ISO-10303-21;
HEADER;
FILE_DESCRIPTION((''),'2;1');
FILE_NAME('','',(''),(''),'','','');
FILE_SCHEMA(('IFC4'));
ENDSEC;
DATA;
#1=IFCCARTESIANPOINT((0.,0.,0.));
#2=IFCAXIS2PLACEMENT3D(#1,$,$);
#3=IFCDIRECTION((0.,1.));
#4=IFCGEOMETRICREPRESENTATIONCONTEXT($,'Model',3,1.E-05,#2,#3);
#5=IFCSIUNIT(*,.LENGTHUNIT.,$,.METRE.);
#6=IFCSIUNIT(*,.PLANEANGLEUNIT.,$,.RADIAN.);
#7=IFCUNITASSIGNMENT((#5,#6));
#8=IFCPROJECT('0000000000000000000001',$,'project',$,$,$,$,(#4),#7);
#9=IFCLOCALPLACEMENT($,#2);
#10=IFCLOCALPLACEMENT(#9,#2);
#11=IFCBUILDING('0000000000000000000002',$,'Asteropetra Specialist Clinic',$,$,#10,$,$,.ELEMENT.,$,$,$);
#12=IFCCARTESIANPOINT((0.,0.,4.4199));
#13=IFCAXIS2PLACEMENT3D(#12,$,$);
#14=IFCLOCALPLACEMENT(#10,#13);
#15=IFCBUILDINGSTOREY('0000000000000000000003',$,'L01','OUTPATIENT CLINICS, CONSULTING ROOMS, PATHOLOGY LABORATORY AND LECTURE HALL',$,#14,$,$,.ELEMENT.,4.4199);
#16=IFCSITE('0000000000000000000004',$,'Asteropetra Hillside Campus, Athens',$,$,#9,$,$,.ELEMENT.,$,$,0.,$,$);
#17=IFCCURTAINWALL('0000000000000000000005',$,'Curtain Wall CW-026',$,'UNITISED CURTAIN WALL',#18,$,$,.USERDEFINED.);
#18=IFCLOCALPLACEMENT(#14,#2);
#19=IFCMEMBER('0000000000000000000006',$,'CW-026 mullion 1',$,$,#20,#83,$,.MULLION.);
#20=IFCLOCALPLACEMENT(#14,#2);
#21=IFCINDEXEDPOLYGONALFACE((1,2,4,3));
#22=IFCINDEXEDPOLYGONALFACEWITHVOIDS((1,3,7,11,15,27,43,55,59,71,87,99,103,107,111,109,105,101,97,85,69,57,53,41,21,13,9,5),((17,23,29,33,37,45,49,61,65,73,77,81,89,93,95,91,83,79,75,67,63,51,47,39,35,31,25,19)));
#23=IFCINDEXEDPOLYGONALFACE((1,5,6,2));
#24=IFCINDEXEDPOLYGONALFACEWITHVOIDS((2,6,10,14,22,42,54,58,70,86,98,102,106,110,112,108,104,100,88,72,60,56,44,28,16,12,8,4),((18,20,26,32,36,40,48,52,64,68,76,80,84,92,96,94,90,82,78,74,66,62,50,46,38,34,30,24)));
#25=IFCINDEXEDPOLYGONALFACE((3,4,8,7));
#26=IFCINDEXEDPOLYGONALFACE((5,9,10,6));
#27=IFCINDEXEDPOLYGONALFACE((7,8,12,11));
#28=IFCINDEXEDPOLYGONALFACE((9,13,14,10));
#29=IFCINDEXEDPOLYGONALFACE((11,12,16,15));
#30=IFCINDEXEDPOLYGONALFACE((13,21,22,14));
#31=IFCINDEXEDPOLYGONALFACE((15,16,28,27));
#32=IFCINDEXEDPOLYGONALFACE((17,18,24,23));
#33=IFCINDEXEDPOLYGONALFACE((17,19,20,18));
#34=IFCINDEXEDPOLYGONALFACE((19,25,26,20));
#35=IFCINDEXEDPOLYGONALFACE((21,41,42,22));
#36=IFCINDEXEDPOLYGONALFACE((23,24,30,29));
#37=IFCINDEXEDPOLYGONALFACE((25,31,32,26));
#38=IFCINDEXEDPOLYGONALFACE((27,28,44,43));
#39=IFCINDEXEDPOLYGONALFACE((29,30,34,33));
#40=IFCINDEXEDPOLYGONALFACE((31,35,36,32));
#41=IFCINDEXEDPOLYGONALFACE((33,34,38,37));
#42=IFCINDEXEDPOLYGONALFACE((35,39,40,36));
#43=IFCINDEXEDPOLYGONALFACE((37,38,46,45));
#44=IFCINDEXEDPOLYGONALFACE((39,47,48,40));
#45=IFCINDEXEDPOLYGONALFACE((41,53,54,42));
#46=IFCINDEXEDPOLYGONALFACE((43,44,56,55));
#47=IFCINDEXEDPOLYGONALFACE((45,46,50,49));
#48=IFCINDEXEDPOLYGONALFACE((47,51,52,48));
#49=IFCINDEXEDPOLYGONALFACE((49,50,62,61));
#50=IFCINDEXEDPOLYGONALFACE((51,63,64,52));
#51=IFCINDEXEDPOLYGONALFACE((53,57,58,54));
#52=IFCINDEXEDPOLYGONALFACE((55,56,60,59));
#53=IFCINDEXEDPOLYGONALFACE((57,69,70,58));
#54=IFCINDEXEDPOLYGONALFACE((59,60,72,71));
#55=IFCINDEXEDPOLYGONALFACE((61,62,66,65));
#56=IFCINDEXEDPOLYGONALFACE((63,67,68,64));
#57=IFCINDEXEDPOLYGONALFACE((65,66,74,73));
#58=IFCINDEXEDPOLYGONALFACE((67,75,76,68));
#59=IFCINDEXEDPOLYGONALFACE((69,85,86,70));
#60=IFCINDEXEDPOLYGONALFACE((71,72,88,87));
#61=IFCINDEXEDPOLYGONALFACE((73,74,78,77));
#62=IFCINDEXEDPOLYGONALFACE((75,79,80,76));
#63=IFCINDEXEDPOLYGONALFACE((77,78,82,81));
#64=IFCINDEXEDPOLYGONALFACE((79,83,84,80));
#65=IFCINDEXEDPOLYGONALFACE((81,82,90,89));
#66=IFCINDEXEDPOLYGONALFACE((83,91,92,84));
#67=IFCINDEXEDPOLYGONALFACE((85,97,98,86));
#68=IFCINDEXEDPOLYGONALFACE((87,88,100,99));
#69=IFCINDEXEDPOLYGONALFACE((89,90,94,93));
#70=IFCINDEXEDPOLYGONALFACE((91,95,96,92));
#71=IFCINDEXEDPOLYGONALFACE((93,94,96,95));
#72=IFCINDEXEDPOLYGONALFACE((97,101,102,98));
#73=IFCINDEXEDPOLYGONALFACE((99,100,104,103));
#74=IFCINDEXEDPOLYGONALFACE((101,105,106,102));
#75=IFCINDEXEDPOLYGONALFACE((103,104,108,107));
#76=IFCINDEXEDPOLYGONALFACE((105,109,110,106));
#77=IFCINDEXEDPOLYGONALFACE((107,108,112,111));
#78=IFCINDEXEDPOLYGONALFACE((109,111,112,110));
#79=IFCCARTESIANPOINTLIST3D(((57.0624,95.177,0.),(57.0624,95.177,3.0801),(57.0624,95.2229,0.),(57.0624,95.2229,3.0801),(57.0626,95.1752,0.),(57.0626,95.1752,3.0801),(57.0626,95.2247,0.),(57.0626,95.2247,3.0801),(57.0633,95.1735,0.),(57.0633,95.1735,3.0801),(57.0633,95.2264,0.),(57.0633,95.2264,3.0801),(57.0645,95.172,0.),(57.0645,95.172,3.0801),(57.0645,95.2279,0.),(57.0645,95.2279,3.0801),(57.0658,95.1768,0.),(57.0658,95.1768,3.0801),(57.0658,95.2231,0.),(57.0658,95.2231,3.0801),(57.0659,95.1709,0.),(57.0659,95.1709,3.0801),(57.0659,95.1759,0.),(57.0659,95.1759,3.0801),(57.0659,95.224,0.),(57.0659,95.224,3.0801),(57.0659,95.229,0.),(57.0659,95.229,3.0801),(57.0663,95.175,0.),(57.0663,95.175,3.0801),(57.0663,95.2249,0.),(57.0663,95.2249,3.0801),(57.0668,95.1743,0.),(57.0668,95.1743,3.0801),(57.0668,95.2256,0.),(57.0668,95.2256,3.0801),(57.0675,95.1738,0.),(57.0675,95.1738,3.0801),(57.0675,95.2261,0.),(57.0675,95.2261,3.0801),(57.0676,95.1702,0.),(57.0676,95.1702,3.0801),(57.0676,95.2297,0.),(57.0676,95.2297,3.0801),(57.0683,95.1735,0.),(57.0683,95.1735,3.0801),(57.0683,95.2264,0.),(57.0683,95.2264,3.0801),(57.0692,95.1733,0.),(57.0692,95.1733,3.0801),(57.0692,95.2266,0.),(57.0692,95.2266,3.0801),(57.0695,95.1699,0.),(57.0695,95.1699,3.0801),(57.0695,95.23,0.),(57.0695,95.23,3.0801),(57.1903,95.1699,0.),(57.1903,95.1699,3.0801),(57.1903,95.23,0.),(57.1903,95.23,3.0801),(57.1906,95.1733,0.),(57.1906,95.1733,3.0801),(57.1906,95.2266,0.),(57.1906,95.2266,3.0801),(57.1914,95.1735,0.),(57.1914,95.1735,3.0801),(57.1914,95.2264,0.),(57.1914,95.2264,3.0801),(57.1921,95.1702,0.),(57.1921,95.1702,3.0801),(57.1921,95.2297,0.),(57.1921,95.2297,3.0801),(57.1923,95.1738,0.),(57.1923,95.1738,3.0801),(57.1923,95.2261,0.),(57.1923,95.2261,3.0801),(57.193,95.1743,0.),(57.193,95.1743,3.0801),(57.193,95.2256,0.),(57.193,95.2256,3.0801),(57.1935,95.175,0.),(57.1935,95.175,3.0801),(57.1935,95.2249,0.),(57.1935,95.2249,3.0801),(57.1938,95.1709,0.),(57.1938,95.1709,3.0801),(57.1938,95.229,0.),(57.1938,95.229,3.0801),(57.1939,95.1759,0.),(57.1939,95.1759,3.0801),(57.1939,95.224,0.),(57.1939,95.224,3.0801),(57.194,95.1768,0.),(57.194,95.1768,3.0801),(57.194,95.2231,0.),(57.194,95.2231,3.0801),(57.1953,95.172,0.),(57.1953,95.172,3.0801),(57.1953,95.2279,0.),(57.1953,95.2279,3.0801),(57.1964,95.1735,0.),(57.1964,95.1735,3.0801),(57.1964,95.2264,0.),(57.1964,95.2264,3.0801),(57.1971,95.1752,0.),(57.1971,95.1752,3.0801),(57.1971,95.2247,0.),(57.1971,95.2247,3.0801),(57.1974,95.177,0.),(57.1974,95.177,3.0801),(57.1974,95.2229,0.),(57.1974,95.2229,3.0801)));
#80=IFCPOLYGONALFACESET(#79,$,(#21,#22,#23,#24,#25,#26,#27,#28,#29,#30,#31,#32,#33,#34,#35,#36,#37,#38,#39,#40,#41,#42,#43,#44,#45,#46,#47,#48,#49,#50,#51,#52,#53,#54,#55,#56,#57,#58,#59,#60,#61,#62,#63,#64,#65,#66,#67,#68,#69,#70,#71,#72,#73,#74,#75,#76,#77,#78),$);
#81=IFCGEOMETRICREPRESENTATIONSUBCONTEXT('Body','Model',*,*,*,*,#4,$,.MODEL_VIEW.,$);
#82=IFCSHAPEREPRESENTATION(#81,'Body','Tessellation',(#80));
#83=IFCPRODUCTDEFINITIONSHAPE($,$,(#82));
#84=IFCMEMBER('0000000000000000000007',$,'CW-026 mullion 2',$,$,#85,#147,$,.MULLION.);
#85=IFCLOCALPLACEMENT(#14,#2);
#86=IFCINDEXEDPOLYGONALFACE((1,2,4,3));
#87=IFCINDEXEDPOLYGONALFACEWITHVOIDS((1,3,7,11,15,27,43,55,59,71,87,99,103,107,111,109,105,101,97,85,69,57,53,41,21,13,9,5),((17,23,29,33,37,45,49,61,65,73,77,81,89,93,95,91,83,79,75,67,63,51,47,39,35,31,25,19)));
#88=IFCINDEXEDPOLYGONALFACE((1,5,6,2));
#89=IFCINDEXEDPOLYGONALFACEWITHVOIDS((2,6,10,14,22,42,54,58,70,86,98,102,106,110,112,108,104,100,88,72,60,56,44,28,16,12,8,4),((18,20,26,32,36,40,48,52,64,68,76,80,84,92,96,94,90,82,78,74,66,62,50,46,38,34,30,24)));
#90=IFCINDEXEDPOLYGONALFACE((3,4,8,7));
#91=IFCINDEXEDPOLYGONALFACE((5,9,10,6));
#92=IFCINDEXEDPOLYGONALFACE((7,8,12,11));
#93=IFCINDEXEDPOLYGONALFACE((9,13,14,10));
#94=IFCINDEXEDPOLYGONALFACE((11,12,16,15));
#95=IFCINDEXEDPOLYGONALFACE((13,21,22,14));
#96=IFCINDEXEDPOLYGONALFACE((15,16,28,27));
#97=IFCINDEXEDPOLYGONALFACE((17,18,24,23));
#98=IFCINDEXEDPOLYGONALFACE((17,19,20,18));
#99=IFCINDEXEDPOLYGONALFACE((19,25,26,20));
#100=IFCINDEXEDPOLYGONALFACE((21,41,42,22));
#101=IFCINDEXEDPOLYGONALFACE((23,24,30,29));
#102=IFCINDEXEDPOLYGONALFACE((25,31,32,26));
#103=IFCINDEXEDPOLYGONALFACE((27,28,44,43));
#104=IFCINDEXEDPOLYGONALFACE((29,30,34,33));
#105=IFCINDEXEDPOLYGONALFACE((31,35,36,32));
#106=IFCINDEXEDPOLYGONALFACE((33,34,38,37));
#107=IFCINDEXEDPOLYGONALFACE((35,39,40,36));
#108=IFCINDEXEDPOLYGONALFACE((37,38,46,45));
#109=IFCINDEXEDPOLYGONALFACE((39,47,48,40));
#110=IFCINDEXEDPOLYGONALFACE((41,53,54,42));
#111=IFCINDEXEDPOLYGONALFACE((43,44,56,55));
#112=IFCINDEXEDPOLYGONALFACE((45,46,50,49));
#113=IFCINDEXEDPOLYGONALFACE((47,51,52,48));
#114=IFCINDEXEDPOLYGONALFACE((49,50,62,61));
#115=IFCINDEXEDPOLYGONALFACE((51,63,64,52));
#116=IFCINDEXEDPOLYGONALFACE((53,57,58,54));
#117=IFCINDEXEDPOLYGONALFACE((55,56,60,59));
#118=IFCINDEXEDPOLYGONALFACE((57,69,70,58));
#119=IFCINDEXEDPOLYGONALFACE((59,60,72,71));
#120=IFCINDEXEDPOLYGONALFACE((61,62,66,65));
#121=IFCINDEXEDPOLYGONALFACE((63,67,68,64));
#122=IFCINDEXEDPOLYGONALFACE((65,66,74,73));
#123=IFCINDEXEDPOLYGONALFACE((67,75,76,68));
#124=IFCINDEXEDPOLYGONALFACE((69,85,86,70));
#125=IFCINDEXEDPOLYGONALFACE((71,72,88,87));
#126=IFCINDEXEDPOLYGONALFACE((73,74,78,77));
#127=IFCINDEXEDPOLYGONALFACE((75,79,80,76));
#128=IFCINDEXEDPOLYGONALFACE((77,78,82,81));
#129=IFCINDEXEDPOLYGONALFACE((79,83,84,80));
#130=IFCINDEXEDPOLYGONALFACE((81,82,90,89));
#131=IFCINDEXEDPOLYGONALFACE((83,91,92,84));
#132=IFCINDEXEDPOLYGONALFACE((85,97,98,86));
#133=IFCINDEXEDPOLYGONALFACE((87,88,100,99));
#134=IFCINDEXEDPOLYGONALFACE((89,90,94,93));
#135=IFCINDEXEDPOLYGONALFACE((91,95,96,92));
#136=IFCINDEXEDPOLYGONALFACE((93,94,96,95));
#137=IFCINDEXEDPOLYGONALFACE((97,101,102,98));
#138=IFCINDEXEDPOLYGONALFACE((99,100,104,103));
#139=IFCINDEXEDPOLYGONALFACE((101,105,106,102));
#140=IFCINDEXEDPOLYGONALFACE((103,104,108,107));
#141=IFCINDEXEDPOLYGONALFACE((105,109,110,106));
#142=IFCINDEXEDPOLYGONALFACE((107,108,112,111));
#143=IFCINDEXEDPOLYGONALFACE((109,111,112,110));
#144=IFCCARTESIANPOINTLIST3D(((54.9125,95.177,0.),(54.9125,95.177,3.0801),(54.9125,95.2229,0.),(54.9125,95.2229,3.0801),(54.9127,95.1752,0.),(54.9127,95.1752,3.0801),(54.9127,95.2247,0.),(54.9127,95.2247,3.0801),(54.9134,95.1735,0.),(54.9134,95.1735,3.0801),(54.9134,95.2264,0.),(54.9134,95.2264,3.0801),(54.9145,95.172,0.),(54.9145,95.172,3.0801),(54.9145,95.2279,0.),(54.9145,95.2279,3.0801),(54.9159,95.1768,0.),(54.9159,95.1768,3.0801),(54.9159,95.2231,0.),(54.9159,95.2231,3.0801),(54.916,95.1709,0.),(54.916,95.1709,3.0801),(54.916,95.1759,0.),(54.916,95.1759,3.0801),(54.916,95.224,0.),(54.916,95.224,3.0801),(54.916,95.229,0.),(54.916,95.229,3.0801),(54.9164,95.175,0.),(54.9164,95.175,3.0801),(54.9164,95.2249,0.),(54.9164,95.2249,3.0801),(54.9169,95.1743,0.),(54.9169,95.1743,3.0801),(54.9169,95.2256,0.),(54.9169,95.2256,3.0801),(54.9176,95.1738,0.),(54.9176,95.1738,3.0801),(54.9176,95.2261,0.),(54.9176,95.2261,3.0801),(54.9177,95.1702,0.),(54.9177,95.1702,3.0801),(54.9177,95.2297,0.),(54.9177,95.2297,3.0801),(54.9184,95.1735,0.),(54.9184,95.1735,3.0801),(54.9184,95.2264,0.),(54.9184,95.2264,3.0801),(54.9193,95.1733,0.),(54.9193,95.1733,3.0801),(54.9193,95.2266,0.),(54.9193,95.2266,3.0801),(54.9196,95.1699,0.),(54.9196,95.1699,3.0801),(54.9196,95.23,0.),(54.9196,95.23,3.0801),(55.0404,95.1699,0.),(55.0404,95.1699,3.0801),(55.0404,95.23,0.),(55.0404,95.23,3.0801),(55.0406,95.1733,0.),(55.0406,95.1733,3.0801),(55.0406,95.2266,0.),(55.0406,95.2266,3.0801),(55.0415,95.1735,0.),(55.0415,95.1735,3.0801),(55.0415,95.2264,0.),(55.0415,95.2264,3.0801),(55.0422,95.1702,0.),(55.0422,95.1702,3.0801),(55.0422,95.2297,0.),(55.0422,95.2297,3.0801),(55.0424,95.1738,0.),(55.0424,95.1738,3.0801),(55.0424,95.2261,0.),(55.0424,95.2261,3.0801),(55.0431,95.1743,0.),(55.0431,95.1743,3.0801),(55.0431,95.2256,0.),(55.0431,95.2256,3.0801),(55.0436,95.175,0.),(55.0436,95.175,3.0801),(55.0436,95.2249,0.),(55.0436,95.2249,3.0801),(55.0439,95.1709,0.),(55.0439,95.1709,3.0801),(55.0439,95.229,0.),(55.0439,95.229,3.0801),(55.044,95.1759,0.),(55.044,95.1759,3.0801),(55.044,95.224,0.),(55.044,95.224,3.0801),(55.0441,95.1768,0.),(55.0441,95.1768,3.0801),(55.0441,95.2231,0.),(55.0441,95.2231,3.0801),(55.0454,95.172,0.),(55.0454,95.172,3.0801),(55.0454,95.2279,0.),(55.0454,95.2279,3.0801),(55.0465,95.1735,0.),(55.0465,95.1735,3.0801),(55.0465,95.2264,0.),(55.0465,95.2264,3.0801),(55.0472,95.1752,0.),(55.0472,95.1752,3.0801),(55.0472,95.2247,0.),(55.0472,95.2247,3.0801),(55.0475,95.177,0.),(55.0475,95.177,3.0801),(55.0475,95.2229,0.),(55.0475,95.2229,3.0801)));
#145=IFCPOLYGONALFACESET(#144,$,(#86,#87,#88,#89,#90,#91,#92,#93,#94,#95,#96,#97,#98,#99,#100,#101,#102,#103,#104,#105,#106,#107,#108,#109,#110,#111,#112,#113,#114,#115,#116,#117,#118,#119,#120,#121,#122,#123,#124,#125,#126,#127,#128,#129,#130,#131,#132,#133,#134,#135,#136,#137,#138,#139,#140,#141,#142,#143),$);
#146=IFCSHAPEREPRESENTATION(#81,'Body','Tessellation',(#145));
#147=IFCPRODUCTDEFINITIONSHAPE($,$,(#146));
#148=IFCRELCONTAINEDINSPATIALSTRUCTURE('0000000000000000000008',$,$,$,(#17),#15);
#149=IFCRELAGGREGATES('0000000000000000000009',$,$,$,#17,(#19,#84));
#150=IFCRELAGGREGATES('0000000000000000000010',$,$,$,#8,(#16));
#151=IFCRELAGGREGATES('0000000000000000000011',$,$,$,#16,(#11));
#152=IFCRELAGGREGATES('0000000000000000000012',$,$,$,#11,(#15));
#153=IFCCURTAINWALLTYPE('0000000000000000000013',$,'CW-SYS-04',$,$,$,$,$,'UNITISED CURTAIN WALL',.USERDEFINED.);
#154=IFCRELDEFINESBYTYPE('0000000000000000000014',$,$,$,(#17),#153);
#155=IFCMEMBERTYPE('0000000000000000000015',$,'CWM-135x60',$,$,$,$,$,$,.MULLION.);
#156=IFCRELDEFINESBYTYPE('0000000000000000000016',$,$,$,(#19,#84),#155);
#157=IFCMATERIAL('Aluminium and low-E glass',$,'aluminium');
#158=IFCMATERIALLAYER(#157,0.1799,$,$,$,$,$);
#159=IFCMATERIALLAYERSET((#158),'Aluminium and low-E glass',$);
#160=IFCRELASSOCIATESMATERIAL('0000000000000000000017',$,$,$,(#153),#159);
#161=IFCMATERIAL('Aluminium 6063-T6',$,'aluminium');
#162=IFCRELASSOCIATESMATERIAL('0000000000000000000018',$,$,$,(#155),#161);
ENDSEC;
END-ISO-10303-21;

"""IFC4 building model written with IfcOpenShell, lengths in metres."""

from ifc_helpers import new_model, si_unit, direction, frame, origin, origin_2d, place, context, subcontext, project, spatial, hollow_rectangle, extrude, material, layer, layer_set, material_profile, profile_set, type_object, element, aggregate, save


model = new_model("IFC4")

# Units and contexts
model_context = context("Model", 3, precision=1e-05, world=origin(), true_north=direction((0.0, 1.0)))
body_context = subcontext(model_context, "Body", "Model", "MODEL_VIEW")
ifc_project = project(units=[si_unit("LENGTHUNIT", "METRE"), si_unit("PLANEANGLEUNIT", "RADIAN")], contexts=[model_context])

# Site, building, storey
site_placement = place(None, origin())
site = spatial("IfcSite", under=ifc_project, at=site_placement, Name="Asteropetra Hillside Campus, Athens", CompositionType="ELEMENT", RefElevation=0.0)
building_placement = place(site_placement, origin())
building = spatial("IfcBuilding", under=site, at=building_placement, Name="Asteropetra Specialist Clinic", CompositionType="ELEMENT")
storey_placement = place(building_placement, frame((0.0, 0.0, 4.4199)))
storey = spatial("IfcBuildingStorey", under=building, at=storey_placement, Name="L01", Description="OUTPATIENT CLINICS, CONSULTING ROOMS, PATHOLOGY LABORATORY AND LECTURE HALL", CompositionType="ELEMENT", Elevation=4.4199)

# Curtain wall, members
ifc_material_1 = material(Name="Aluminium and low-E glass", Category="aluminium")
ifc_layer_1 = layer(ifc_material_1, 0.1799)
ifc_layer_set_1 = layer_set([ifc_layer_1], Name="Aluminium and low-E glass")
curtain_wall_type_1 = type_object("IfcCurtainWallType", Name="CW-SYS-04", ElementType="UNITISED CURTAIN WALL", PredefinedType="USERDEFINED", material=ifc_layer_set_1)
curtain_wall_1_placement = place(storey_placement, origin())
curtain_wall_1 = element("IfcCurtainWall", 1, at=curtain_wall_1_placement, inside=storey, type_object=curtain_wall_type_1, Name="Curtain Wall CW-026", ObjectType="UNITISED CURTAIN WALL", PredefinedType="USERDEFINED")
ifc_material_2 = material(Name="Aluminium 6063-T6", Category="aluminium")
ifc_material_profile_1 = material_profile(ifc_material_2, hollow_rectangle(XDim=0.0601, YDim=0.135, WallThickness=0.0034, InnerFilletRadius=0.0034, OuterFilletRadius=0.0071, at=origin_2d()), Name="MUL 135x60x3.5")
ifc_profile_set_1 = profile_set([ifc_material_profile_1], Name="Aluminium 6063-T6")
member_type_1 = type_object("IfcMemberType", Name="CWM-135x60", PredefinedType="MULLION", material=ifc_profile_set_1)
member_1_placement = place(storey_placement, frame((57.1299, 95.2, 0.0), z_axis=(0.0, 0.0, 1.0), x_axis=(0.0, -1.0, 0.0)))
member_1 = element("IfcMember", 2, at=member_1_placement, type_object=member_type_1, Name="CW-026 mullion 1", PredefinedType="MULLION", context=body_context, shape_type="SweptSolid", body=[
    extrude(hollow_rectangle(XDim=0.0601, YDim=0.135, WallThickness=0.0034, InnerFilletRadius=0.0034, OuterFilletRadius=0.0071, at=origin_2d()), origin(), (0.0, 0.0, 1.0), 3.0801),
])
member_2_placement = place(storey_placement, frame((54.98, 95.2, 0.0), z_axis=(0.0, 0.0, 1.0), x_axis=(0.0, -1.0, 0.0)))
member_2 = element("IfcMember", 3, at=member_2_placement, type_object=member_type_1, Name="CW-026 mullion 2", PredefinedType="MULLION", context=body_context, shape_type="SweptSolid", body=[
    extrude(hollow_rectangle(XDim=0.0601, YDim=0.135, WallThickness=0.0034, InnerFilletRadius=0.0034, OuterFilletRadius=0.0071, at=origin_2d()), origin(), (0.0, 0.0, 1.0), 3.0801),
])

aggregate(curtain_wall_1, [member_1, member_2])

save(model, "model.ifc")
